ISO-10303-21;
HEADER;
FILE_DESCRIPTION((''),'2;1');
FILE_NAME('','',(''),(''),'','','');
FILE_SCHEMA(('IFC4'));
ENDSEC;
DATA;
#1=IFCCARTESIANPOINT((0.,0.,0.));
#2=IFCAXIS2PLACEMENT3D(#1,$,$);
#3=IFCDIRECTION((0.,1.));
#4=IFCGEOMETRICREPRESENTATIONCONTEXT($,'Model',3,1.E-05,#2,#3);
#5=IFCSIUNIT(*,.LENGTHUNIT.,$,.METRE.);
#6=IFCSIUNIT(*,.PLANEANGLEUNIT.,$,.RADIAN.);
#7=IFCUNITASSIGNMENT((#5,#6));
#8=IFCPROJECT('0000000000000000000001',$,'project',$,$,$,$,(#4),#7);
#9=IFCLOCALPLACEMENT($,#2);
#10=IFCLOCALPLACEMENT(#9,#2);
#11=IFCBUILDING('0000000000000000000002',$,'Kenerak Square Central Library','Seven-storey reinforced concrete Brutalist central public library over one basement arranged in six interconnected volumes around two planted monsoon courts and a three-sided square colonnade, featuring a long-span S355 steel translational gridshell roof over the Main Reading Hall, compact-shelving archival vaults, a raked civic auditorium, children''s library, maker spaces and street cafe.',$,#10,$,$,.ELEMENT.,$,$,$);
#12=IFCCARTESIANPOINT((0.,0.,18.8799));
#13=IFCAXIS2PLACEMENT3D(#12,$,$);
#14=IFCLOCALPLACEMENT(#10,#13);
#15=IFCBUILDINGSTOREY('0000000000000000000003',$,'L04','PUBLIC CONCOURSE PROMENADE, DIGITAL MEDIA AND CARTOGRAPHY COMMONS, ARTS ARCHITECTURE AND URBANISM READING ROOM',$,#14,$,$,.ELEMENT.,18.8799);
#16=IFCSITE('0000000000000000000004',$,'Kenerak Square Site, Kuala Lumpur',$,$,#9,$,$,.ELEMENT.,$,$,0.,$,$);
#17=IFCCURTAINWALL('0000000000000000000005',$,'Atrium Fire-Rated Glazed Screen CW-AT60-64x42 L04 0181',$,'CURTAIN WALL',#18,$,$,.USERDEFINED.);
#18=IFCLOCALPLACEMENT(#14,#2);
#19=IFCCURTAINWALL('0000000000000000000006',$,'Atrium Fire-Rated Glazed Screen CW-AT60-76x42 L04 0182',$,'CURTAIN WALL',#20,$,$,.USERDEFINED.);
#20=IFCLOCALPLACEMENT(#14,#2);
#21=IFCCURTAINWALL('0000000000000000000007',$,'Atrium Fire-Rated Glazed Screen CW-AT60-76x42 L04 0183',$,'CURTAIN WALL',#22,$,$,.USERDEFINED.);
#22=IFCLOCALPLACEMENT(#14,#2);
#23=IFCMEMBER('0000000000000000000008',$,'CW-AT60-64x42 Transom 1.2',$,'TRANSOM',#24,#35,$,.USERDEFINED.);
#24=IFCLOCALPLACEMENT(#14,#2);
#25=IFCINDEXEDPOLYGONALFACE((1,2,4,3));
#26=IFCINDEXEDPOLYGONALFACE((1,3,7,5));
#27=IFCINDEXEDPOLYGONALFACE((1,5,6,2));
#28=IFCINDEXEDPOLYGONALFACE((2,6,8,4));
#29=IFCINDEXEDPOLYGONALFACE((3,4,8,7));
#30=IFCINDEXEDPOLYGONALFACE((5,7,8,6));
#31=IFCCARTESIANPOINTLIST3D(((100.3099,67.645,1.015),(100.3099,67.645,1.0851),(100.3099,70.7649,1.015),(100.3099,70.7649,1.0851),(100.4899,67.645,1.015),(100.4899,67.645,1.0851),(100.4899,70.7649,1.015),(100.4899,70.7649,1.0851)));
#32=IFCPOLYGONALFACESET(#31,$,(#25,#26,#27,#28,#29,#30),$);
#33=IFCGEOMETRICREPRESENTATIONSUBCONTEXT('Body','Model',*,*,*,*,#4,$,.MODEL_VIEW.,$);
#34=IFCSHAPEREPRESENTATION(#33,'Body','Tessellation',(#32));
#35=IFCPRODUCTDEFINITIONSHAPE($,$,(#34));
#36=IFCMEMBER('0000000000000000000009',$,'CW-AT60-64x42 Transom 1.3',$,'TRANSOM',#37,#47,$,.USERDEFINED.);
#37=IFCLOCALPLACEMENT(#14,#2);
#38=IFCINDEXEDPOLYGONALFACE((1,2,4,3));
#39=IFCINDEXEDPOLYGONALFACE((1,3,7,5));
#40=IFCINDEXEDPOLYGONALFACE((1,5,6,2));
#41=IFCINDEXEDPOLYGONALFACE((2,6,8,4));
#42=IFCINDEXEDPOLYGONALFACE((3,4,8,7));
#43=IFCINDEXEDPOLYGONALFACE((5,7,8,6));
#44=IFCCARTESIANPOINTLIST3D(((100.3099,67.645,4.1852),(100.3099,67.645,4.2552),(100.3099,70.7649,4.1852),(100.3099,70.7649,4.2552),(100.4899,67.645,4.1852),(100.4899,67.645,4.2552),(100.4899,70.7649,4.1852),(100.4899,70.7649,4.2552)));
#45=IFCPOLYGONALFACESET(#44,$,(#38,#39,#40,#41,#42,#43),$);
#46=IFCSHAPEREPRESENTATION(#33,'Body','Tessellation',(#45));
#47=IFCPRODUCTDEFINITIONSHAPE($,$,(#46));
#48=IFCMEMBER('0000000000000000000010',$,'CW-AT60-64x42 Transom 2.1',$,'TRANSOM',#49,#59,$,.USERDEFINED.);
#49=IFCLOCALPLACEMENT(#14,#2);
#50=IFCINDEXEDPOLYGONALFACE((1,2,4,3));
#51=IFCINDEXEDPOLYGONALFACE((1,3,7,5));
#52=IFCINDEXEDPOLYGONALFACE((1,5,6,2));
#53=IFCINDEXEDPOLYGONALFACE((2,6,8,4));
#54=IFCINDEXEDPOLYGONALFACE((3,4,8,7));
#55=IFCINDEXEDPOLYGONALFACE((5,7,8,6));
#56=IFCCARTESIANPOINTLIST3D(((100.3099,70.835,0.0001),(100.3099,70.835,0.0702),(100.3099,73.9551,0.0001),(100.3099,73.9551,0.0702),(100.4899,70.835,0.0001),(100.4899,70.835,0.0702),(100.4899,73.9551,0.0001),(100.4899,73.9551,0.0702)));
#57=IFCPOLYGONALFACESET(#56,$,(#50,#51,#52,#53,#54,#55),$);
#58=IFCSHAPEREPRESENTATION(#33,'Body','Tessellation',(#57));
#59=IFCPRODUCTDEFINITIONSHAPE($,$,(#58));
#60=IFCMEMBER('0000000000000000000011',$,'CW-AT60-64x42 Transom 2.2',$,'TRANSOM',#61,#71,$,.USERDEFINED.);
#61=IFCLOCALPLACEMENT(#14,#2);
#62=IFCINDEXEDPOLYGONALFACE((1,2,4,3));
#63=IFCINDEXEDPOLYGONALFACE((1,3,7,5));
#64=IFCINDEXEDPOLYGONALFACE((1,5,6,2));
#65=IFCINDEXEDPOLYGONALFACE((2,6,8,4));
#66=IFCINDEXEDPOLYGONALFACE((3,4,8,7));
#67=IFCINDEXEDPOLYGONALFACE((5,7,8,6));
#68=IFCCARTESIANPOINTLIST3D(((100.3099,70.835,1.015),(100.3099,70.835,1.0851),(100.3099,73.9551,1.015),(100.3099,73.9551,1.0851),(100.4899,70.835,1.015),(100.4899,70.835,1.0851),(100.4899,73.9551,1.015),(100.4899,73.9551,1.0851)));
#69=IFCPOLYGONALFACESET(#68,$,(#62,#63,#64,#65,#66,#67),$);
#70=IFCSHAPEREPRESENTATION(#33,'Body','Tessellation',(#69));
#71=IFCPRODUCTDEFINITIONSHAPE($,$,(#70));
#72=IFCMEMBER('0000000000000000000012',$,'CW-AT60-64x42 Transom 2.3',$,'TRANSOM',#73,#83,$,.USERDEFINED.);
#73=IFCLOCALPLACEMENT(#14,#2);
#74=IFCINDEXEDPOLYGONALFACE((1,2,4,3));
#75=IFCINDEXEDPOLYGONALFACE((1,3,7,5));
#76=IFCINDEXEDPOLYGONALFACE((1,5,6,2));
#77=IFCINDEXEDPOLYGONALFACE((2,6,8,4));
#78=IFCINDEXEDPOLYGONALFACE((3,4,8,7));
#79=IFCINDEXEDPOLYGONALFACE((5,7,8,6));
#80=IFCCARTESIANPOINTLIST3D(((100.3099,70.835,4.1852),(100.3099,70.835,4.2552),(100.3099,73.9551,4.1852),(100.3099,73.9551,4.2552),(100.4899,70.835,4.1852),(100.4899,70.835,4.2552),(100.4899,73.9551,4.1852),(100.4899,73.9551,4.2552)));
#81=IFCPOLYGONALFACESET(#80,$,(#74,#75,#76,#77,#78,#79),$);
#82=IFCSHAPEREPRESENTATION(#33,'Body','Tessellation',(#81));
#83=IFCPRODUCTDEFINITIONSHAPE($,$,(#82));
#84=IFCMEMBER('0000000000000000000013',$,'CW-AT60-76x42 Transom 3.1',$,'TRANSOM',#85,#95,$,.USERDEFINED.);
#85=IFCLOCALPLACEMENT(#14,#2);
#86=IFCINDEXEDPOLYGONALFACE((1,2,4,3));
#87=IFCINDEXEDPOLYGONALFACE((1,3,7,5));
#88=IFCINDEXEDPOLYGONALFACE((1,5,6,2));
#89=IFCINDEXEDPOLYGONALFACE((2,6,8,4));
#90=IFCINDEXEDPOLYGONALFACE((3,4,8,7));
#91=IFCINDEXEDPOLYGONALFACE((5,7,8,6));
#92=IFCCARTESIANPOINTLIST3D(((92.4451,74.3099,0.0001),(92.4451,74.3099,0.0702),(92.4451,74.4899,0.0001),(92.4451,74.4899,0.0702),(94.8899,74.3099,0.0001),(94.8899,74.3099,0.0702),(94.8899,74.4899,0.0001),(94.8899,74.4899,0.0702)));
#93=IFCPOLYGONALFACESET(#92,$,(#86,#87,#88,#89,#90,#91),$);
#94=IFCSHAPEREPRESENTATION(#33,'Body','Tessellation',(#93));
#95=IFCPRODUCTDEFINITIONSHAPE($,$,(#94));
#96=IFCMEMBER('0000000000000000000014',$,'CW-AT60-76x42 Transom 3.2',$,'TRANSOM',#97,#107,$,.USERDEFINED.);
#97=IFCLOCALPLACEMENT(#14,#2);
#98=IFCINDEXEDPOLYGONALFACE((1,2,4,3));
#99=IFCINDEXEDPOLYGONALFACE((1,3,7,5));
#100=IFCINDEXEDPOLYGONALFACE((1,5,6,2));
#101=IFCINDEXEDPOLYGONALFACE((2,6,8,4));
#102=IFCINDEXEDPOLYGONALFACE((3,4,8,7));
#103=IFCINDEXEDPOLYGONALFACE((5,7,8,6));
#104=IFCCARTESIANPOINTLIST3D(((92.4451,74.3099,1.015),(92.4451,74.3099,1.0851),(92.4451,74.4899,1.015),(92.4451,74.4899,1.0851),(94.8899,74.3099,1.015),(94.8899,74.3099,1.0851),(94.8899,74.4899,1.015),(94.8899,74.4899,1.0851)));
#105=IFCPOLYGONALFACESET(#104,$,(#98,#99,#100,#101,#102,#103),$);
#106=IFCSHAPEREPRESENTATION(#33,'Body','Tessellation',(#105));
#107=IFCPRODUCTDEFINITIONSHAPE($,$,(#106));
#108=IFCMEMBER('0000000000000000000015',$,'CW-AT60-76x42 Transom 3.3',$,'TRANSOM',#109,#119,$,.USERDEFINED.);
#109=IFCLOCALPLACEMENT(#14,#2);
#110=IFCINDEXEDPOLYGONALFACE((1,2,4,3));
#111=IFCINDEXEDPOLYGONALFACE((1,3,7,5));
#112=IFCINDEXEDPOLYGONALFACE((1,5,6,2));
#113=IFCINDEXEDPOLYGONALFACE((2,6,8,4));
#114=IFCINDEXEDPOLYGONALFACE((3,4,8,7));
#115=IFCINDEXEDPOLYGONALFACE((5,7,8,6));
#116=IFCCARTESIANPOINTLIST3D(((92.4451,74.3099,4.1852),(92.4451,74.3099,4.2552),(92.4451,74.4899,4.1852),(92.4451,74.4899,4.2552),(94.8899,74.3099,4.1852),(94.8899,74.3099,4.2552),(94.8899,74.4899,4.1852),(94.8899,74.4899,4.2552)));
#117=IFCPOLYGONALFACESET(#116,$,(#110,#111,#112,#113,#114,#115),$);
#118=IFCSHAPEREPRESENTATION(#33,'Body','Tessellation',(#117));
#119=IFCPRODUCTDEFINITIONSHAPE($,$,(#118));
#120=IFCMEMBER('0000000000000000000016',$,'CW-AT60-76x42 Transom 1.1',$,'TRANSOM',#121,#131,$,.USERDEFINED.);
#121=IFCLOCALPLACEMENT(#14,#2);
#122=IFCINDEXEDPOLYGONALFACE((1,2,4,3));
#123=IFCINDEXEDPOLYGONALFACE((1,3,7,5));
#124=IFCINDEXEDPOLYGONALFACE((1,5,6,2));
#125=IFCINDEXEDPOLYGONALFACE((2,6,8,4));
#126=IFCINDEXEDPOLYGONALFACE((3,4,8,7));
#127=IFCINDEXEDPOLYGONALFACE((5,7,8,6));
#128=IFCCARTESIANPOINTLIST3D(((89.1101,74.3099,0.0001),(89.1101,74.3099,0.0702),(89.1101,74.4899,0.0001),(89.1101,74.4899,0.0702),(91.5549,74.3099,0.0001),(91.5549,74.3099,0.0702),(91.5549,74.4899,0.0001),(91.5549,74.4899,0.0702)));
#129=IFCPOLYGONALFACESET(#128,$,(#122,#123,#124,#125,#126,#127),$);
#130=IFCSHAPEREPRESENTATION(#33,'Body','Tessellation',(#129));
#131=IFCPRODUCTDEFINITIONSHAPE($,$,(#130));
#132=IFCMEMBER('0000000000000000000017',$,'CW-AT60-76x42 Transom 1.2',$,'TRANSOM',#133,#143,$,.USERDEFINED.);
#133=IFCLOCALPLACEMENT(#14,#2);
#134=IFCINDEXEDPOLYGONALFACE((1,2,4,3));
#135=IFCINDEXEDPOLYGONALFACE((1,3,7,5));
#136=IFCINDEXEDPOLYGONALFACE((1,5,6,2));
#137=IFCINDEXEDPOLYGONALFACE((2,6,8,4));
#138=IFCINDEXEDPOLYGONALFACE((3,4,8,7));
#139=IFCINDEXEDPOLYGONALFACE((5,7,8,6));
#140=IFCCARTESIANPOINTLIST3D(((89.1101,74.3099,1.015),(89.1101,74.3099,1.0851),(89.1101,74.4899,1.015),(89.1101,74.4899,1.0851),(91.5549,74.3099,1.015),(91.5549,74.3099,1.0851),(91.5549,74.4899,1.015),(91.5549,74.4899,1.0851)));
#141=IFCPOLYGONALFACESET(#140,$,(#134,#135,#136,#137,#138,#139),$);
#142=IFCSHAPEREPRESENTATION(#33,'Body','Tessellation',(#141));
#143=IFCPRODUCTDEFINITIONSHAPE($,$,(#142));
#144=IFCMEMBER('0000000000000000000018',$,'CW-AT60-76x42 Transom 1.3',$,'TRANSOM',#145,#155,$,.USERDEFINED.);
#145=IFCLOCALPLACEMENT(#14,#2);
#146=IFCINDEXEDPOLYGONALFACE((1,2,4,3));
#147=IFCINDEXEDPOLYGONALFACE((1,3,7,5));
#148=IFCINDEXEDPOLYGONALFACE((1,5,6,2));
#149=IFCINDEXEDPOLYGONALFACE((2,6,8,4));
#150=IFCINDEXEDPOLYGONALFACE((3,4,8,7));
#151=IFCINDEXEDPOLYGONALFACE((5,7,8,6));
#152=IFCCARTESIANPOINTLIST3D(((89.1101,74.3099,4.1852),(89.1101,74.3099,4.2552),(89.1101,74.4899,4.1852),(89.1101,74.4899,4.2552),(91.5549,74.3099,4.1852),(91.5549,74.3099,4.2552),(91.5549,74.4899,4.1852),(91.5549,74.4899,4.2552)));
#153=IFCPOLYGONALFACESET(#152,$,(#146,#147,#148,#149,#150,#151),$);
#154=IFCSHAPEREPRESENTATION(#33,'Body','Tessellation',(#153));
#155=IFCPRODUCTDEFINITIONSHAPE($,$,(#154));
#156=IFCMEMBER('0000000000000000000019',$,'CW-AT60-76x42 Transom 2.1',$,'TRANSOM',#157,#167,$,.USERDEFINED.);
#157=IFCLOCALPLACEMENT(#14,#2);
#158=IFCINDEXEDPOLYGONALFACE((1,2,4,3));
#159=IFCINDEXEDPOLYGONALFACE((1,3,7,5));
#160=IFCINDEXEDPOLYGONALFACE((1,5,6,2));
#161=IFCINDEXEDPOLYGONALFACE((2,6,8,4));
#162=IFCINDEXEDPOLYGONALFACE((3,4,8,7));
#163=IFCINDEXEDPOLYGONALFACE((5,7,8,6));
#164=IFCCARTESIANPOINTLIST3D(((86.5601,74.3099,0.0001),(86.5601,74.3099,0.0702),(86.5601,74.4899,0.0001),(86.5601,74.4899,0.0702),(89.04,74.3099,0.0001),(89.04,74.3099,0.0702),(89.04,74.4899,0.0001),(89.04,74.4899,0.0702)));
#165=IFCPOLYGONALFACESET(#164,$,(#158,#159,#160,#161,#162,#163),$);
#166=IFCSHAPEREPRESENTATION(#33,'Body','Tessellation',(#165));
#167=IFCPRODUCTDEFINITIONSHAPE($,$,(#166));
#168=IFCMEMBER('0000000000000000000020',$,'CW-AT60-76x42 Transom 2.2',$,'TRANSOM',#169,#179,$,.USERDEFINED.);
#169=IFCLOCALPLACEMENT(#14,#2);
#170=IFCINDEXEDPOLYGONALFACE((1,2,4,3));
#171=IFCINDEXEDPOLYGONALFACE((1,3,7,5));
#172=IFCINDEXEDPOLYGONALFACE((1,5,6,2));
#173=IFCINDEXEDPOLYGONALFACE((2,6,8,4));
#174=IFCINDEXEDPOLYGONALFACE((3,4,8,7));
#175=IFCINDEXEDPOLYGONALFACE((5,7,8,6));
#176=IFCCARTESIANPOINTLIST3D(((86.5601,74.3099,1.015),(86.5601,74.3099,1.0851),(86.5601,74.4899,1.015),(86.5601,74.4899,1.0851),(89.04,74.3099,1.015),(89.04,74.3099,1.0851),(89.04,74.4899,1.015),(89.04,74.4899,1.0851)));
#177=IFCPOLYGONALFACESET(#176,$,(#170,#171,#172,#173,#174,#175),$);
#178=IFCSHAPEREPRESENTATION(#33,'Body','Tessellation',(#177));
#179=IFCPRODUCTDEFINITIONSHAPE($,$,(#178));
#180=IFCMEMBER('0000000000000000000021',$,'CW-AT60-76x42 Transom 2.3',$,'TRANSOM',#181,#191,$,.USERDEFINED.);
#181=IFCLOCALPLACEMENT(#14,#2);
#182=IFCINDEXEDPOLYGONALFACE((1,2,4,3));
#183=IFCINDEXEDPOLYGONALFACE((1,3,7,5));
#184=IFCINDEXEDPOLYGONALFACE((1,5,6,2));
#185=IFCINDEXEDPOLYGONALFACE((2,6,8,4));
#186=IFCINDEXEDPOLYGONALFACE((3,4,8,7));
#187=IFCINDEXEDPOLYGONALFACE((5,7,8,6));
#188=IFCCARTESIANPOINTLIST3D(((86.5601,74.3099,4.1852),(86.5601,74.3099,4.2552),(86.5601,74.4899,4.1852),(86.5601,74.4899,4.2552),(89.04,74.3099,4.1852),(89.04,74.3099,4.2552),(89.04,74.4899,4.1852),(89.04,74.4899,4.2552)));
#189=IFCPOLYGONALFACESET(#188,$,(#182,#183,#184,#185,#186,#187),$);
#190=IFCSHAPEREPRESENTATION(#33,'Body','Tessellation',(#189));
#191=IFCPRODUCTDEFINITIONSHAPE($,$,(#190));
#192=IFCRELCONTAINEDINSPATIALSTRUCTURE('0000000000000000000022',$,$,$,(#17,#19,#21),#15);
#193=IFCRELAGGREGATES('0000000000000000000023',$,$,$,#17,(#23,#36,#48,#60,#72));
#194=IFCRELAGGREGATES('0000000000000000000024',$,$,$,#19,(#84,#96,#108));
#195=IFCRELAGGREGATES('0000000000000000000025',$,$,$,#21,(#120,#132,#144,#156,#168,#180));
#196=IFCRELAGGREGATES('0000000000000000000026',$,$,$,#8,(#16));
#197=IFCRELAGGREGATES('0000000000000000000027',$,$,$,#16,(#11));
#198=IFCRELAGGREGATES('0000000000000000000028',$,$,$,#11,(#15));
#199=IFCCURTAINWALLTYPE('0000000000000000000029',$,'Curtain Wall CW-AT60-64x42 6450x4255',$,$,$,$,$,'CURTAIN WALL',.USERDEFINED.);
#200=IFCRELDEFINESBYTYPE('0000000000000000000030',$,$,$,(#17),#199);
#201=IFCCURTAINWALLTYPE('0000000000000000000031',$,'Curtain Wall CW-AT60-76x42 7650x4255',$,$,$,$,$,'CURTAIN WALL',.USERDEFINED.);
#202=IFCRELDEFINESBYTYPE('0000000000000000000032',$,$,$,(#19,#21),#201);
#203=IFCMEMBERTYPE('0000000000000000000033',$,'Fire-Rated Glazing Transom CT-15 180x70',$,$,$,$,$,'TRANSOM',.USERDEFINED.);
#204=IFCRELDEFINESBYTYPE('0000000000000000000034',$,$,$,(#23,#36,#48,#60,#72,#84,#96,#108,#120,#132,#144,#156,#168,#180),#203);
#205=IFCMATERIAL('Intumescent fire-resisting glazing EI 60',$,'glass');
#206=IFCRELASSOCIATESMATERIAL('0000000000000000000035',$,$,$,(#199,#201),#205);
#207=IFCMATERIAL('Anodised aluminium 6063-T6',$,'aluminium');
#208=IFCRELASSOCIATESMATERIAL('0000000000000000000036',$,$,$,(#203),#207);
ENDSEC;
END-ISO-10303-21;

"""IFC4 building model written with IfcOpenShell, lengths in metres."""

from ifc_helpers import new_model, si_unit, direction, frame, origin, origin_2d, place, context, subcontext, project, spatial, rectangle, extrude, material, material_profile, profile_set, type_object, element, aggregate, save


model = new_model("IFC4")

# Units and contexts
model_context = context("Model", 3, precision=1e-05, world=origin(), true_north=direction((0.0, 1.0)))
body_context = subcontext(model_context, "Body", "Model", "MODEL_VIEW")
ifc_project = project(units=[si_unit("LENGTHUNIT", "METRE"), si_unit("PLANEANGLEUNIT", "RADIAN")], contexts=[model_context])

# Site, building, storey
site_placement = place(None, origin())
site = spatial("IfcSite", under=ifc_project, at=site_placement, Name="Kenerak Square Site, Kuala Lumpur", CompositionType="ELEMENT", RefElevation=0.0)
building_placement = place(site_placement, origin())
building = spatial("IfcBuilding", under=site, at=building_placement, Name="Kenerak Square Central Library", Description="Seven-storey reinforced concrete Brutalist central public library over one basement arranged in six interconnected volumes around two planted monsoon courts and a three-sided square colonnade, featuring a long-span S355 steel translational gridshell roof over the Main Reading Hall, compact-shelving archival vaults, a raked civic auditorium, children's library, maker spaces and street cafe.", CompositionType="ELEMENT")
storey_placement = place(building_placement, frame((0.0, 0.0, 18.8799)))
storey = spatial("IfcBuildingStorey", under=building, at=storey_placement, Name="L04", Description="PUBLIC CONCOURSE PROMENADE, DIGITAL MEDIA AND CARTOGRAPHY COMMONS, ARTS ARCHITECTURE AND URBANISM READING ROOM", CompositionType="ELEMENT", Elevation=18.8799)

# Shared definitions
ifc_material_1 = material(Name="Intumescent fire-resisting glazing EI 60", Category="glass")
curtain_wall_type_1 = type_object("IfcCurtainWallType", Name="Curtain Wall CW-AT60-64x42 6450x4255", ElementType="CURTAIN WALL", PredefinedType="USERDEFINED", material=ifc_material_1)
ifc_material_2 = material(Name="Anodised aluminium 6063-T6", Category="aluminium")

# Curtain wall
curtain_wall_1_placement = place(storey_placement, origin())
curtain_wall_1 = element("IfcCurtainWall", 1, at=curtain_wall_1_placement, inside=storey, type_object=curtain_wall_type_1, Name="Atrium Fire-Rated Glazed Screen CW-AT60-64x42 L04 0181", ObjectType="CURTAIN WALL", PredefinedType="USERDEFINED")

# Curtain wall
curtain_wall_type_2 = type_object("IfcCurtainWallType", Name="Curtain Wall CW-AT60-76x42 7650x4255", ElementType="CURTAIN WALL", PredefinedType="USERDEFINED", material=ifc_material_1)
curtain_wall_2_placement = place(storey_placement, origin())
curtain_wall_2 = element("IfcCurtainWall", 2, at=curtain_wall_2_placement, inside=storey, type_object=curtain_wall_type_2, Name="Atrium Fire-Rated Glazed Screen CW-AT60-76x42 L04 0182", ObjectType="CURTAIN WALL", PredefinedType="USERDEFINED")

# Curtain wall
curtain_wall_3_placement = place(storey_placement, origin())
curtain_wall_3 = element("IfcCurtainWall", 3, at=curtain_wall_3_placement, inside=storey, type_object=curtain_wall_type_2, Name="Atrium Fire-Rated Glazed Screen CW-AT60-76x42 L04 0183", ObjectType="CURTAIN WALL", PredefinedType="USERDEFINED")

# Members
ifc_material_profile_1 = material_profile(ifc_material_2, rectangle(XDim=0.1799, YDim=0.0701, at=origin_2d()), Name="AL TRANSOM 180x70")
ifc_profile_set_1 = profile_set([ifc_material_profile_1], Name="Anodised aluminium 6063-T6")
member_type_1 = type_object("IfcMemberType", Name="Fire-Rated Glazing Transom CT-15 180x70", ElementType="TRANSOM", PredefinedType="USERDEFINED", material=ifc_profile_set_1)
member_1_placement = place(storey_placement, frame((100.3999, 67.645, 1.05), z_axis=(0.0, 1.0, 0.0), x_axis=(-1.0, 0.0, 0.0)))
member_1 = element("IfcMember", 4, at=member_1_placement, type_object=member_type_1, Name="CW-AT60-64x42 Transom 1.2", ObjectType="TRANSOM", PredefinedType="USERDEFINED", context=body_context, shape_type="SweptSolid", body=[
    extrude(rectangle(XDim=0.1799, YDim=0.0701, at=origin_2d()), origin(), (0.0, 0.0, 1.0), 3.1199),
])
member_2_placement = place(storey_placement, frame((100.3999, 67.645, 4.2202), z_axis=(0.0, 1.0, 0.0), x_axis=(-1.0, 0.0, 0.0)))
member_2 = element("IfcMember", 5, at=member_2_placement, type_object=member_type_1, Name="CW-AT60-64x42 Transom 1.3", ObjectType="TRANSOM", PredefinedType="USERDEFINED", context=body_context, shape_type="SweptSolid", body=[
    extrude(rectangle(XDim=0.1799, YDim=0.0701, at=origin_2d()), origin(), (0.0, 0.0, 1.0), 3.1199),
])
member_3_placement = place(storey_placement, frame((100.3999, 70.835, 0.0352), z_axis=(0.0, 1.0, 0.0), x_axis=(-1.0, 0.0, 0.0)))
member_3 = element("IfcMember", 6, at=member_3_placement, type_object=member_type_1, Name="CW-AT60-64x42 Transom 2.1", ObjectType="TRANSOM", PredefinedType="USERDEFINED", context=body_context, shape_type="SweptSolid", body=[
    extrude(rectangle(XDim=0.1799, YDim=0.0701, at=origin_2d()), origin(), (0.0, 0.0, 1.0), 3.1201),
])
member_4_placement = place(storey_placement, frame((100.3999, 70.835, 1.05), z_axis=(0.0, 1.0, 0.0), x_axis=(-1.0, 0.0, 0.0)))
member_4 = element("IfcMember", 7, at=member_4_placement, type_object=member_type_1, Name="CW-AT60-64x42 Transom 2.2", ObjectType="TRANSOM", PredefinedType="USERDEFINED", context=body_context, shape_type="SweptSolid", body=[
    extrude(rectangle(XDim=0.1799, YDim=0.0701, at=origin_2d()), origin(), (0.0, 0.0, 1.0), 3.1201),
])
member_5_placement = place(storey_placement, frame((100.3999, 70.835, 4.2202), z_axis=(0.0, 1.0, 0.0), x_axis=(-1.0, 0.0, 0.0)))
member_5 = element("IfcMember", 8, at=member_5_placement, type_object=member_type_1, Name="CW-AT60-64x42 Transom 2.3", ObjectType="TRANSOM", PredefinedType="USERDEFINED", context=body_context, shape_type="SweptSolid", body=[
    extrude(rectangle(XDim=0.1799, YDim=0.0701, at=origin_2d()), origin(), (0.0, 0.0, 1.0), 3.1201),
])
member_6_placement = place(storey_placement, frame((94.8899, 74.3999, 0.0352), z_axis=(-1.0, 0.0, 0.0), x_axis=(0.0, -1.0, 0.0)))
member_6 = element("IfcMember", 9, at=member_6_placement, type_object=member_type_1, Name="CW-AT60-76x42 Transom 3.1", ObjectType="TRANSOM", PredefinedType="USERDEFINED", context=body_context, shape_type="SweptSolid", body=[
    extrude(rectangle(XDim=0.1799, YDim=0.0701, at=origin_2d()), origin(), (0.0, 0.0, 1.0), 2.4448),
])
member_7_placement = place(storey_placement, frame((94.8899, 74.3999, 1.05), z_axis=(-1.0, 0.0, 0.0), x_axis=(0.0, -1.0, 0.0)))
member_7 = element("IfcMember", 10, at=member_7_placement, type_object=member_type_1, Name="CW-AT60-76x42 Transom 3.2", ObjectType="TRANSOM", PredefinedType="USERDEFINED", context=body_context, shape_type="SweptSolid", body=[
    extrude(rectangle(XDim=0.1799, YDim=0.0701, at=origin_2d()), origin(), (0.0, 0.0, 1.0), 2.4448),
])
member_8_placement = place(storey_placement, frame((94.8899, 74.3999, 4.2202), z_axis=(-1.0, 0.0, 0.0), x_axis=(0.0, -1.0, 0.0)))
member_8 = element("IfcMember", 11, at=member_8_placement, type_object=member_type_1, Name="CW-AT60-76x42 Transom 3.3", ObjectType="TRANSOM", PredefinedType="USERDEFINED", context=body_context, shape_type="SweptSolid", body=[
    extrude(rectangle(XDim=0.1799, YDim=0.0701, at=origin_2d()), origin(), (0.0, 0.0, 1.0), 2.4448),
])
member_9_placement = place(storey_placement, frame((91.5549, 74.3999, 0.0352), z_axis=(-1.0, 0.0, 0.0), x_axis=(0.0, -1.0, 0.0)))
member_9 = element("IfcMember", 12, at=member_9_placement, type_object=member_type_1, Name="CW-AT60-76x42 Transom 1.1", ObjectType="TRANSOM", PredefinedType="USERDEFINED", context=body_context, shape_type="SweptSolid", body=[
    extrude(rectangle(XDim=0.1799, YDim=0.0701, at=origin_2d()), origin(), (0.0, 0.0, 1.0), 2.4448),
])
member_10_placement = place(storey_placement, frame((91.5549, 74.3999, 1.05), z_axis=(-1.0, 0.0, 0.0), x_axis=(0.0, -1.0, 0.0)))
member_10 = element("IfcMember", 13, at=member_10_placement, type_object=member_type_1, Name="CW-AT60-76x42 Transom 1.2", ObjectType="TRANSOM", PredefinedType="USERDEFINED", context=body_context, shape_type="SweptSolid", body=[
    extrude(rectangle(XDim=0.1799, YDim=0.0701, at=origin_2d()), origin(), (0.0, 0.0, 1.0), 2.4448),
])
member_11_placement = place(storey_placement, frame((91.5549, 74.3999, 4.2202), z_axis=(-1.0, 0.0, 0.0), x_axis=(0.0, -1.0, 0.0)))
member_11 = element("IfcMember", 14, at=member_11_placement, type_object=member_type_1, Name="CW-AT60-76x42 Transom 1.3", ObjectType="TRANSOM", PredefinedType="USERDEFINED", context=body_context, shape_type="SweptSolid", body=[
    extrude(rectangle(XDim=0.1799, YDim=0.0701, at=origin_2d()), origin(), (0.0, 0.0, 1.0), 2.4448),
])
member_12_placement = place(storey_placement, frame((89.04, 74.3999, 0.0352), z_axis=(-1.0, 0.0, 0.0), x_axis=(0.0, -1.0, 0.0)))
member_12 = element("IfcMember", 15, at=member_12_placement, type_object=member_type_1, Name="CW-AT60-76x42 Transom 2.1", ObjectType="TRANSOM", PredefinedType="USERDEFINED", context=body_context, shape_type="SweptSolid", body=[
    extrude(rectangle(XDim=0.1799, YDim=0.0701, at=origin_2d()), origin(), (0.0, 0.0, 1.0), 2.48),
])
member_13_placement = place(storey_placement, frame((89.04, 74.3999, 1.05), z_axis=(-1.0, 0.0, 0.0), x_axis=(0.0, -1.0, 0.0)))
member_13 = element("IfcMember", 16, at=member_13_placement, type_object=member_type_1, Name="CW-AT60-76x42 Transom 2.2", ObjectType="TRANSOM", PredefinedType="USERDEFINED", context=body_context, shape_type="SweptSolid", body=[
    extrude(rectangle(XDim=0.1799, YDim=0.0701, at=origin_2d()), origin(), (0.0, 0.0, 1.0), 2.48),
])
member_14_placement = place(storey_placement, frame((89.04, 74.3999, 4.2202), z_axis=(-1.0, 0.0, 0.0), x_axis=(0.0, -1.0, 0.0)))
member_14 = element("IfcMember", 17, at=member_14_placement, type_object=member_type_1, Name="CW-AT60-76x42 Transom 2.3", ObjectType="TRANSOM", PredefinedType="USERDEFINED", context=body_context, shape_type="SweptSolid", body=[
    extrude(rectangle(XDim=0.1799, YDim=0.0701, at=origin_2d()), origin(), (0.0, 0.0, 1.0), 2.48),
])

aggregate(curtain_wall_1, [member_1, member_2, member_3, member_4, member_5])
aggregate(curtain_wall_2, [member_6, member_7, member_8])
aggregate(curtain_wall_3, [member_9, member_10, member_11, member_12, member_13, member_14])

save(model, "model.ifc")
